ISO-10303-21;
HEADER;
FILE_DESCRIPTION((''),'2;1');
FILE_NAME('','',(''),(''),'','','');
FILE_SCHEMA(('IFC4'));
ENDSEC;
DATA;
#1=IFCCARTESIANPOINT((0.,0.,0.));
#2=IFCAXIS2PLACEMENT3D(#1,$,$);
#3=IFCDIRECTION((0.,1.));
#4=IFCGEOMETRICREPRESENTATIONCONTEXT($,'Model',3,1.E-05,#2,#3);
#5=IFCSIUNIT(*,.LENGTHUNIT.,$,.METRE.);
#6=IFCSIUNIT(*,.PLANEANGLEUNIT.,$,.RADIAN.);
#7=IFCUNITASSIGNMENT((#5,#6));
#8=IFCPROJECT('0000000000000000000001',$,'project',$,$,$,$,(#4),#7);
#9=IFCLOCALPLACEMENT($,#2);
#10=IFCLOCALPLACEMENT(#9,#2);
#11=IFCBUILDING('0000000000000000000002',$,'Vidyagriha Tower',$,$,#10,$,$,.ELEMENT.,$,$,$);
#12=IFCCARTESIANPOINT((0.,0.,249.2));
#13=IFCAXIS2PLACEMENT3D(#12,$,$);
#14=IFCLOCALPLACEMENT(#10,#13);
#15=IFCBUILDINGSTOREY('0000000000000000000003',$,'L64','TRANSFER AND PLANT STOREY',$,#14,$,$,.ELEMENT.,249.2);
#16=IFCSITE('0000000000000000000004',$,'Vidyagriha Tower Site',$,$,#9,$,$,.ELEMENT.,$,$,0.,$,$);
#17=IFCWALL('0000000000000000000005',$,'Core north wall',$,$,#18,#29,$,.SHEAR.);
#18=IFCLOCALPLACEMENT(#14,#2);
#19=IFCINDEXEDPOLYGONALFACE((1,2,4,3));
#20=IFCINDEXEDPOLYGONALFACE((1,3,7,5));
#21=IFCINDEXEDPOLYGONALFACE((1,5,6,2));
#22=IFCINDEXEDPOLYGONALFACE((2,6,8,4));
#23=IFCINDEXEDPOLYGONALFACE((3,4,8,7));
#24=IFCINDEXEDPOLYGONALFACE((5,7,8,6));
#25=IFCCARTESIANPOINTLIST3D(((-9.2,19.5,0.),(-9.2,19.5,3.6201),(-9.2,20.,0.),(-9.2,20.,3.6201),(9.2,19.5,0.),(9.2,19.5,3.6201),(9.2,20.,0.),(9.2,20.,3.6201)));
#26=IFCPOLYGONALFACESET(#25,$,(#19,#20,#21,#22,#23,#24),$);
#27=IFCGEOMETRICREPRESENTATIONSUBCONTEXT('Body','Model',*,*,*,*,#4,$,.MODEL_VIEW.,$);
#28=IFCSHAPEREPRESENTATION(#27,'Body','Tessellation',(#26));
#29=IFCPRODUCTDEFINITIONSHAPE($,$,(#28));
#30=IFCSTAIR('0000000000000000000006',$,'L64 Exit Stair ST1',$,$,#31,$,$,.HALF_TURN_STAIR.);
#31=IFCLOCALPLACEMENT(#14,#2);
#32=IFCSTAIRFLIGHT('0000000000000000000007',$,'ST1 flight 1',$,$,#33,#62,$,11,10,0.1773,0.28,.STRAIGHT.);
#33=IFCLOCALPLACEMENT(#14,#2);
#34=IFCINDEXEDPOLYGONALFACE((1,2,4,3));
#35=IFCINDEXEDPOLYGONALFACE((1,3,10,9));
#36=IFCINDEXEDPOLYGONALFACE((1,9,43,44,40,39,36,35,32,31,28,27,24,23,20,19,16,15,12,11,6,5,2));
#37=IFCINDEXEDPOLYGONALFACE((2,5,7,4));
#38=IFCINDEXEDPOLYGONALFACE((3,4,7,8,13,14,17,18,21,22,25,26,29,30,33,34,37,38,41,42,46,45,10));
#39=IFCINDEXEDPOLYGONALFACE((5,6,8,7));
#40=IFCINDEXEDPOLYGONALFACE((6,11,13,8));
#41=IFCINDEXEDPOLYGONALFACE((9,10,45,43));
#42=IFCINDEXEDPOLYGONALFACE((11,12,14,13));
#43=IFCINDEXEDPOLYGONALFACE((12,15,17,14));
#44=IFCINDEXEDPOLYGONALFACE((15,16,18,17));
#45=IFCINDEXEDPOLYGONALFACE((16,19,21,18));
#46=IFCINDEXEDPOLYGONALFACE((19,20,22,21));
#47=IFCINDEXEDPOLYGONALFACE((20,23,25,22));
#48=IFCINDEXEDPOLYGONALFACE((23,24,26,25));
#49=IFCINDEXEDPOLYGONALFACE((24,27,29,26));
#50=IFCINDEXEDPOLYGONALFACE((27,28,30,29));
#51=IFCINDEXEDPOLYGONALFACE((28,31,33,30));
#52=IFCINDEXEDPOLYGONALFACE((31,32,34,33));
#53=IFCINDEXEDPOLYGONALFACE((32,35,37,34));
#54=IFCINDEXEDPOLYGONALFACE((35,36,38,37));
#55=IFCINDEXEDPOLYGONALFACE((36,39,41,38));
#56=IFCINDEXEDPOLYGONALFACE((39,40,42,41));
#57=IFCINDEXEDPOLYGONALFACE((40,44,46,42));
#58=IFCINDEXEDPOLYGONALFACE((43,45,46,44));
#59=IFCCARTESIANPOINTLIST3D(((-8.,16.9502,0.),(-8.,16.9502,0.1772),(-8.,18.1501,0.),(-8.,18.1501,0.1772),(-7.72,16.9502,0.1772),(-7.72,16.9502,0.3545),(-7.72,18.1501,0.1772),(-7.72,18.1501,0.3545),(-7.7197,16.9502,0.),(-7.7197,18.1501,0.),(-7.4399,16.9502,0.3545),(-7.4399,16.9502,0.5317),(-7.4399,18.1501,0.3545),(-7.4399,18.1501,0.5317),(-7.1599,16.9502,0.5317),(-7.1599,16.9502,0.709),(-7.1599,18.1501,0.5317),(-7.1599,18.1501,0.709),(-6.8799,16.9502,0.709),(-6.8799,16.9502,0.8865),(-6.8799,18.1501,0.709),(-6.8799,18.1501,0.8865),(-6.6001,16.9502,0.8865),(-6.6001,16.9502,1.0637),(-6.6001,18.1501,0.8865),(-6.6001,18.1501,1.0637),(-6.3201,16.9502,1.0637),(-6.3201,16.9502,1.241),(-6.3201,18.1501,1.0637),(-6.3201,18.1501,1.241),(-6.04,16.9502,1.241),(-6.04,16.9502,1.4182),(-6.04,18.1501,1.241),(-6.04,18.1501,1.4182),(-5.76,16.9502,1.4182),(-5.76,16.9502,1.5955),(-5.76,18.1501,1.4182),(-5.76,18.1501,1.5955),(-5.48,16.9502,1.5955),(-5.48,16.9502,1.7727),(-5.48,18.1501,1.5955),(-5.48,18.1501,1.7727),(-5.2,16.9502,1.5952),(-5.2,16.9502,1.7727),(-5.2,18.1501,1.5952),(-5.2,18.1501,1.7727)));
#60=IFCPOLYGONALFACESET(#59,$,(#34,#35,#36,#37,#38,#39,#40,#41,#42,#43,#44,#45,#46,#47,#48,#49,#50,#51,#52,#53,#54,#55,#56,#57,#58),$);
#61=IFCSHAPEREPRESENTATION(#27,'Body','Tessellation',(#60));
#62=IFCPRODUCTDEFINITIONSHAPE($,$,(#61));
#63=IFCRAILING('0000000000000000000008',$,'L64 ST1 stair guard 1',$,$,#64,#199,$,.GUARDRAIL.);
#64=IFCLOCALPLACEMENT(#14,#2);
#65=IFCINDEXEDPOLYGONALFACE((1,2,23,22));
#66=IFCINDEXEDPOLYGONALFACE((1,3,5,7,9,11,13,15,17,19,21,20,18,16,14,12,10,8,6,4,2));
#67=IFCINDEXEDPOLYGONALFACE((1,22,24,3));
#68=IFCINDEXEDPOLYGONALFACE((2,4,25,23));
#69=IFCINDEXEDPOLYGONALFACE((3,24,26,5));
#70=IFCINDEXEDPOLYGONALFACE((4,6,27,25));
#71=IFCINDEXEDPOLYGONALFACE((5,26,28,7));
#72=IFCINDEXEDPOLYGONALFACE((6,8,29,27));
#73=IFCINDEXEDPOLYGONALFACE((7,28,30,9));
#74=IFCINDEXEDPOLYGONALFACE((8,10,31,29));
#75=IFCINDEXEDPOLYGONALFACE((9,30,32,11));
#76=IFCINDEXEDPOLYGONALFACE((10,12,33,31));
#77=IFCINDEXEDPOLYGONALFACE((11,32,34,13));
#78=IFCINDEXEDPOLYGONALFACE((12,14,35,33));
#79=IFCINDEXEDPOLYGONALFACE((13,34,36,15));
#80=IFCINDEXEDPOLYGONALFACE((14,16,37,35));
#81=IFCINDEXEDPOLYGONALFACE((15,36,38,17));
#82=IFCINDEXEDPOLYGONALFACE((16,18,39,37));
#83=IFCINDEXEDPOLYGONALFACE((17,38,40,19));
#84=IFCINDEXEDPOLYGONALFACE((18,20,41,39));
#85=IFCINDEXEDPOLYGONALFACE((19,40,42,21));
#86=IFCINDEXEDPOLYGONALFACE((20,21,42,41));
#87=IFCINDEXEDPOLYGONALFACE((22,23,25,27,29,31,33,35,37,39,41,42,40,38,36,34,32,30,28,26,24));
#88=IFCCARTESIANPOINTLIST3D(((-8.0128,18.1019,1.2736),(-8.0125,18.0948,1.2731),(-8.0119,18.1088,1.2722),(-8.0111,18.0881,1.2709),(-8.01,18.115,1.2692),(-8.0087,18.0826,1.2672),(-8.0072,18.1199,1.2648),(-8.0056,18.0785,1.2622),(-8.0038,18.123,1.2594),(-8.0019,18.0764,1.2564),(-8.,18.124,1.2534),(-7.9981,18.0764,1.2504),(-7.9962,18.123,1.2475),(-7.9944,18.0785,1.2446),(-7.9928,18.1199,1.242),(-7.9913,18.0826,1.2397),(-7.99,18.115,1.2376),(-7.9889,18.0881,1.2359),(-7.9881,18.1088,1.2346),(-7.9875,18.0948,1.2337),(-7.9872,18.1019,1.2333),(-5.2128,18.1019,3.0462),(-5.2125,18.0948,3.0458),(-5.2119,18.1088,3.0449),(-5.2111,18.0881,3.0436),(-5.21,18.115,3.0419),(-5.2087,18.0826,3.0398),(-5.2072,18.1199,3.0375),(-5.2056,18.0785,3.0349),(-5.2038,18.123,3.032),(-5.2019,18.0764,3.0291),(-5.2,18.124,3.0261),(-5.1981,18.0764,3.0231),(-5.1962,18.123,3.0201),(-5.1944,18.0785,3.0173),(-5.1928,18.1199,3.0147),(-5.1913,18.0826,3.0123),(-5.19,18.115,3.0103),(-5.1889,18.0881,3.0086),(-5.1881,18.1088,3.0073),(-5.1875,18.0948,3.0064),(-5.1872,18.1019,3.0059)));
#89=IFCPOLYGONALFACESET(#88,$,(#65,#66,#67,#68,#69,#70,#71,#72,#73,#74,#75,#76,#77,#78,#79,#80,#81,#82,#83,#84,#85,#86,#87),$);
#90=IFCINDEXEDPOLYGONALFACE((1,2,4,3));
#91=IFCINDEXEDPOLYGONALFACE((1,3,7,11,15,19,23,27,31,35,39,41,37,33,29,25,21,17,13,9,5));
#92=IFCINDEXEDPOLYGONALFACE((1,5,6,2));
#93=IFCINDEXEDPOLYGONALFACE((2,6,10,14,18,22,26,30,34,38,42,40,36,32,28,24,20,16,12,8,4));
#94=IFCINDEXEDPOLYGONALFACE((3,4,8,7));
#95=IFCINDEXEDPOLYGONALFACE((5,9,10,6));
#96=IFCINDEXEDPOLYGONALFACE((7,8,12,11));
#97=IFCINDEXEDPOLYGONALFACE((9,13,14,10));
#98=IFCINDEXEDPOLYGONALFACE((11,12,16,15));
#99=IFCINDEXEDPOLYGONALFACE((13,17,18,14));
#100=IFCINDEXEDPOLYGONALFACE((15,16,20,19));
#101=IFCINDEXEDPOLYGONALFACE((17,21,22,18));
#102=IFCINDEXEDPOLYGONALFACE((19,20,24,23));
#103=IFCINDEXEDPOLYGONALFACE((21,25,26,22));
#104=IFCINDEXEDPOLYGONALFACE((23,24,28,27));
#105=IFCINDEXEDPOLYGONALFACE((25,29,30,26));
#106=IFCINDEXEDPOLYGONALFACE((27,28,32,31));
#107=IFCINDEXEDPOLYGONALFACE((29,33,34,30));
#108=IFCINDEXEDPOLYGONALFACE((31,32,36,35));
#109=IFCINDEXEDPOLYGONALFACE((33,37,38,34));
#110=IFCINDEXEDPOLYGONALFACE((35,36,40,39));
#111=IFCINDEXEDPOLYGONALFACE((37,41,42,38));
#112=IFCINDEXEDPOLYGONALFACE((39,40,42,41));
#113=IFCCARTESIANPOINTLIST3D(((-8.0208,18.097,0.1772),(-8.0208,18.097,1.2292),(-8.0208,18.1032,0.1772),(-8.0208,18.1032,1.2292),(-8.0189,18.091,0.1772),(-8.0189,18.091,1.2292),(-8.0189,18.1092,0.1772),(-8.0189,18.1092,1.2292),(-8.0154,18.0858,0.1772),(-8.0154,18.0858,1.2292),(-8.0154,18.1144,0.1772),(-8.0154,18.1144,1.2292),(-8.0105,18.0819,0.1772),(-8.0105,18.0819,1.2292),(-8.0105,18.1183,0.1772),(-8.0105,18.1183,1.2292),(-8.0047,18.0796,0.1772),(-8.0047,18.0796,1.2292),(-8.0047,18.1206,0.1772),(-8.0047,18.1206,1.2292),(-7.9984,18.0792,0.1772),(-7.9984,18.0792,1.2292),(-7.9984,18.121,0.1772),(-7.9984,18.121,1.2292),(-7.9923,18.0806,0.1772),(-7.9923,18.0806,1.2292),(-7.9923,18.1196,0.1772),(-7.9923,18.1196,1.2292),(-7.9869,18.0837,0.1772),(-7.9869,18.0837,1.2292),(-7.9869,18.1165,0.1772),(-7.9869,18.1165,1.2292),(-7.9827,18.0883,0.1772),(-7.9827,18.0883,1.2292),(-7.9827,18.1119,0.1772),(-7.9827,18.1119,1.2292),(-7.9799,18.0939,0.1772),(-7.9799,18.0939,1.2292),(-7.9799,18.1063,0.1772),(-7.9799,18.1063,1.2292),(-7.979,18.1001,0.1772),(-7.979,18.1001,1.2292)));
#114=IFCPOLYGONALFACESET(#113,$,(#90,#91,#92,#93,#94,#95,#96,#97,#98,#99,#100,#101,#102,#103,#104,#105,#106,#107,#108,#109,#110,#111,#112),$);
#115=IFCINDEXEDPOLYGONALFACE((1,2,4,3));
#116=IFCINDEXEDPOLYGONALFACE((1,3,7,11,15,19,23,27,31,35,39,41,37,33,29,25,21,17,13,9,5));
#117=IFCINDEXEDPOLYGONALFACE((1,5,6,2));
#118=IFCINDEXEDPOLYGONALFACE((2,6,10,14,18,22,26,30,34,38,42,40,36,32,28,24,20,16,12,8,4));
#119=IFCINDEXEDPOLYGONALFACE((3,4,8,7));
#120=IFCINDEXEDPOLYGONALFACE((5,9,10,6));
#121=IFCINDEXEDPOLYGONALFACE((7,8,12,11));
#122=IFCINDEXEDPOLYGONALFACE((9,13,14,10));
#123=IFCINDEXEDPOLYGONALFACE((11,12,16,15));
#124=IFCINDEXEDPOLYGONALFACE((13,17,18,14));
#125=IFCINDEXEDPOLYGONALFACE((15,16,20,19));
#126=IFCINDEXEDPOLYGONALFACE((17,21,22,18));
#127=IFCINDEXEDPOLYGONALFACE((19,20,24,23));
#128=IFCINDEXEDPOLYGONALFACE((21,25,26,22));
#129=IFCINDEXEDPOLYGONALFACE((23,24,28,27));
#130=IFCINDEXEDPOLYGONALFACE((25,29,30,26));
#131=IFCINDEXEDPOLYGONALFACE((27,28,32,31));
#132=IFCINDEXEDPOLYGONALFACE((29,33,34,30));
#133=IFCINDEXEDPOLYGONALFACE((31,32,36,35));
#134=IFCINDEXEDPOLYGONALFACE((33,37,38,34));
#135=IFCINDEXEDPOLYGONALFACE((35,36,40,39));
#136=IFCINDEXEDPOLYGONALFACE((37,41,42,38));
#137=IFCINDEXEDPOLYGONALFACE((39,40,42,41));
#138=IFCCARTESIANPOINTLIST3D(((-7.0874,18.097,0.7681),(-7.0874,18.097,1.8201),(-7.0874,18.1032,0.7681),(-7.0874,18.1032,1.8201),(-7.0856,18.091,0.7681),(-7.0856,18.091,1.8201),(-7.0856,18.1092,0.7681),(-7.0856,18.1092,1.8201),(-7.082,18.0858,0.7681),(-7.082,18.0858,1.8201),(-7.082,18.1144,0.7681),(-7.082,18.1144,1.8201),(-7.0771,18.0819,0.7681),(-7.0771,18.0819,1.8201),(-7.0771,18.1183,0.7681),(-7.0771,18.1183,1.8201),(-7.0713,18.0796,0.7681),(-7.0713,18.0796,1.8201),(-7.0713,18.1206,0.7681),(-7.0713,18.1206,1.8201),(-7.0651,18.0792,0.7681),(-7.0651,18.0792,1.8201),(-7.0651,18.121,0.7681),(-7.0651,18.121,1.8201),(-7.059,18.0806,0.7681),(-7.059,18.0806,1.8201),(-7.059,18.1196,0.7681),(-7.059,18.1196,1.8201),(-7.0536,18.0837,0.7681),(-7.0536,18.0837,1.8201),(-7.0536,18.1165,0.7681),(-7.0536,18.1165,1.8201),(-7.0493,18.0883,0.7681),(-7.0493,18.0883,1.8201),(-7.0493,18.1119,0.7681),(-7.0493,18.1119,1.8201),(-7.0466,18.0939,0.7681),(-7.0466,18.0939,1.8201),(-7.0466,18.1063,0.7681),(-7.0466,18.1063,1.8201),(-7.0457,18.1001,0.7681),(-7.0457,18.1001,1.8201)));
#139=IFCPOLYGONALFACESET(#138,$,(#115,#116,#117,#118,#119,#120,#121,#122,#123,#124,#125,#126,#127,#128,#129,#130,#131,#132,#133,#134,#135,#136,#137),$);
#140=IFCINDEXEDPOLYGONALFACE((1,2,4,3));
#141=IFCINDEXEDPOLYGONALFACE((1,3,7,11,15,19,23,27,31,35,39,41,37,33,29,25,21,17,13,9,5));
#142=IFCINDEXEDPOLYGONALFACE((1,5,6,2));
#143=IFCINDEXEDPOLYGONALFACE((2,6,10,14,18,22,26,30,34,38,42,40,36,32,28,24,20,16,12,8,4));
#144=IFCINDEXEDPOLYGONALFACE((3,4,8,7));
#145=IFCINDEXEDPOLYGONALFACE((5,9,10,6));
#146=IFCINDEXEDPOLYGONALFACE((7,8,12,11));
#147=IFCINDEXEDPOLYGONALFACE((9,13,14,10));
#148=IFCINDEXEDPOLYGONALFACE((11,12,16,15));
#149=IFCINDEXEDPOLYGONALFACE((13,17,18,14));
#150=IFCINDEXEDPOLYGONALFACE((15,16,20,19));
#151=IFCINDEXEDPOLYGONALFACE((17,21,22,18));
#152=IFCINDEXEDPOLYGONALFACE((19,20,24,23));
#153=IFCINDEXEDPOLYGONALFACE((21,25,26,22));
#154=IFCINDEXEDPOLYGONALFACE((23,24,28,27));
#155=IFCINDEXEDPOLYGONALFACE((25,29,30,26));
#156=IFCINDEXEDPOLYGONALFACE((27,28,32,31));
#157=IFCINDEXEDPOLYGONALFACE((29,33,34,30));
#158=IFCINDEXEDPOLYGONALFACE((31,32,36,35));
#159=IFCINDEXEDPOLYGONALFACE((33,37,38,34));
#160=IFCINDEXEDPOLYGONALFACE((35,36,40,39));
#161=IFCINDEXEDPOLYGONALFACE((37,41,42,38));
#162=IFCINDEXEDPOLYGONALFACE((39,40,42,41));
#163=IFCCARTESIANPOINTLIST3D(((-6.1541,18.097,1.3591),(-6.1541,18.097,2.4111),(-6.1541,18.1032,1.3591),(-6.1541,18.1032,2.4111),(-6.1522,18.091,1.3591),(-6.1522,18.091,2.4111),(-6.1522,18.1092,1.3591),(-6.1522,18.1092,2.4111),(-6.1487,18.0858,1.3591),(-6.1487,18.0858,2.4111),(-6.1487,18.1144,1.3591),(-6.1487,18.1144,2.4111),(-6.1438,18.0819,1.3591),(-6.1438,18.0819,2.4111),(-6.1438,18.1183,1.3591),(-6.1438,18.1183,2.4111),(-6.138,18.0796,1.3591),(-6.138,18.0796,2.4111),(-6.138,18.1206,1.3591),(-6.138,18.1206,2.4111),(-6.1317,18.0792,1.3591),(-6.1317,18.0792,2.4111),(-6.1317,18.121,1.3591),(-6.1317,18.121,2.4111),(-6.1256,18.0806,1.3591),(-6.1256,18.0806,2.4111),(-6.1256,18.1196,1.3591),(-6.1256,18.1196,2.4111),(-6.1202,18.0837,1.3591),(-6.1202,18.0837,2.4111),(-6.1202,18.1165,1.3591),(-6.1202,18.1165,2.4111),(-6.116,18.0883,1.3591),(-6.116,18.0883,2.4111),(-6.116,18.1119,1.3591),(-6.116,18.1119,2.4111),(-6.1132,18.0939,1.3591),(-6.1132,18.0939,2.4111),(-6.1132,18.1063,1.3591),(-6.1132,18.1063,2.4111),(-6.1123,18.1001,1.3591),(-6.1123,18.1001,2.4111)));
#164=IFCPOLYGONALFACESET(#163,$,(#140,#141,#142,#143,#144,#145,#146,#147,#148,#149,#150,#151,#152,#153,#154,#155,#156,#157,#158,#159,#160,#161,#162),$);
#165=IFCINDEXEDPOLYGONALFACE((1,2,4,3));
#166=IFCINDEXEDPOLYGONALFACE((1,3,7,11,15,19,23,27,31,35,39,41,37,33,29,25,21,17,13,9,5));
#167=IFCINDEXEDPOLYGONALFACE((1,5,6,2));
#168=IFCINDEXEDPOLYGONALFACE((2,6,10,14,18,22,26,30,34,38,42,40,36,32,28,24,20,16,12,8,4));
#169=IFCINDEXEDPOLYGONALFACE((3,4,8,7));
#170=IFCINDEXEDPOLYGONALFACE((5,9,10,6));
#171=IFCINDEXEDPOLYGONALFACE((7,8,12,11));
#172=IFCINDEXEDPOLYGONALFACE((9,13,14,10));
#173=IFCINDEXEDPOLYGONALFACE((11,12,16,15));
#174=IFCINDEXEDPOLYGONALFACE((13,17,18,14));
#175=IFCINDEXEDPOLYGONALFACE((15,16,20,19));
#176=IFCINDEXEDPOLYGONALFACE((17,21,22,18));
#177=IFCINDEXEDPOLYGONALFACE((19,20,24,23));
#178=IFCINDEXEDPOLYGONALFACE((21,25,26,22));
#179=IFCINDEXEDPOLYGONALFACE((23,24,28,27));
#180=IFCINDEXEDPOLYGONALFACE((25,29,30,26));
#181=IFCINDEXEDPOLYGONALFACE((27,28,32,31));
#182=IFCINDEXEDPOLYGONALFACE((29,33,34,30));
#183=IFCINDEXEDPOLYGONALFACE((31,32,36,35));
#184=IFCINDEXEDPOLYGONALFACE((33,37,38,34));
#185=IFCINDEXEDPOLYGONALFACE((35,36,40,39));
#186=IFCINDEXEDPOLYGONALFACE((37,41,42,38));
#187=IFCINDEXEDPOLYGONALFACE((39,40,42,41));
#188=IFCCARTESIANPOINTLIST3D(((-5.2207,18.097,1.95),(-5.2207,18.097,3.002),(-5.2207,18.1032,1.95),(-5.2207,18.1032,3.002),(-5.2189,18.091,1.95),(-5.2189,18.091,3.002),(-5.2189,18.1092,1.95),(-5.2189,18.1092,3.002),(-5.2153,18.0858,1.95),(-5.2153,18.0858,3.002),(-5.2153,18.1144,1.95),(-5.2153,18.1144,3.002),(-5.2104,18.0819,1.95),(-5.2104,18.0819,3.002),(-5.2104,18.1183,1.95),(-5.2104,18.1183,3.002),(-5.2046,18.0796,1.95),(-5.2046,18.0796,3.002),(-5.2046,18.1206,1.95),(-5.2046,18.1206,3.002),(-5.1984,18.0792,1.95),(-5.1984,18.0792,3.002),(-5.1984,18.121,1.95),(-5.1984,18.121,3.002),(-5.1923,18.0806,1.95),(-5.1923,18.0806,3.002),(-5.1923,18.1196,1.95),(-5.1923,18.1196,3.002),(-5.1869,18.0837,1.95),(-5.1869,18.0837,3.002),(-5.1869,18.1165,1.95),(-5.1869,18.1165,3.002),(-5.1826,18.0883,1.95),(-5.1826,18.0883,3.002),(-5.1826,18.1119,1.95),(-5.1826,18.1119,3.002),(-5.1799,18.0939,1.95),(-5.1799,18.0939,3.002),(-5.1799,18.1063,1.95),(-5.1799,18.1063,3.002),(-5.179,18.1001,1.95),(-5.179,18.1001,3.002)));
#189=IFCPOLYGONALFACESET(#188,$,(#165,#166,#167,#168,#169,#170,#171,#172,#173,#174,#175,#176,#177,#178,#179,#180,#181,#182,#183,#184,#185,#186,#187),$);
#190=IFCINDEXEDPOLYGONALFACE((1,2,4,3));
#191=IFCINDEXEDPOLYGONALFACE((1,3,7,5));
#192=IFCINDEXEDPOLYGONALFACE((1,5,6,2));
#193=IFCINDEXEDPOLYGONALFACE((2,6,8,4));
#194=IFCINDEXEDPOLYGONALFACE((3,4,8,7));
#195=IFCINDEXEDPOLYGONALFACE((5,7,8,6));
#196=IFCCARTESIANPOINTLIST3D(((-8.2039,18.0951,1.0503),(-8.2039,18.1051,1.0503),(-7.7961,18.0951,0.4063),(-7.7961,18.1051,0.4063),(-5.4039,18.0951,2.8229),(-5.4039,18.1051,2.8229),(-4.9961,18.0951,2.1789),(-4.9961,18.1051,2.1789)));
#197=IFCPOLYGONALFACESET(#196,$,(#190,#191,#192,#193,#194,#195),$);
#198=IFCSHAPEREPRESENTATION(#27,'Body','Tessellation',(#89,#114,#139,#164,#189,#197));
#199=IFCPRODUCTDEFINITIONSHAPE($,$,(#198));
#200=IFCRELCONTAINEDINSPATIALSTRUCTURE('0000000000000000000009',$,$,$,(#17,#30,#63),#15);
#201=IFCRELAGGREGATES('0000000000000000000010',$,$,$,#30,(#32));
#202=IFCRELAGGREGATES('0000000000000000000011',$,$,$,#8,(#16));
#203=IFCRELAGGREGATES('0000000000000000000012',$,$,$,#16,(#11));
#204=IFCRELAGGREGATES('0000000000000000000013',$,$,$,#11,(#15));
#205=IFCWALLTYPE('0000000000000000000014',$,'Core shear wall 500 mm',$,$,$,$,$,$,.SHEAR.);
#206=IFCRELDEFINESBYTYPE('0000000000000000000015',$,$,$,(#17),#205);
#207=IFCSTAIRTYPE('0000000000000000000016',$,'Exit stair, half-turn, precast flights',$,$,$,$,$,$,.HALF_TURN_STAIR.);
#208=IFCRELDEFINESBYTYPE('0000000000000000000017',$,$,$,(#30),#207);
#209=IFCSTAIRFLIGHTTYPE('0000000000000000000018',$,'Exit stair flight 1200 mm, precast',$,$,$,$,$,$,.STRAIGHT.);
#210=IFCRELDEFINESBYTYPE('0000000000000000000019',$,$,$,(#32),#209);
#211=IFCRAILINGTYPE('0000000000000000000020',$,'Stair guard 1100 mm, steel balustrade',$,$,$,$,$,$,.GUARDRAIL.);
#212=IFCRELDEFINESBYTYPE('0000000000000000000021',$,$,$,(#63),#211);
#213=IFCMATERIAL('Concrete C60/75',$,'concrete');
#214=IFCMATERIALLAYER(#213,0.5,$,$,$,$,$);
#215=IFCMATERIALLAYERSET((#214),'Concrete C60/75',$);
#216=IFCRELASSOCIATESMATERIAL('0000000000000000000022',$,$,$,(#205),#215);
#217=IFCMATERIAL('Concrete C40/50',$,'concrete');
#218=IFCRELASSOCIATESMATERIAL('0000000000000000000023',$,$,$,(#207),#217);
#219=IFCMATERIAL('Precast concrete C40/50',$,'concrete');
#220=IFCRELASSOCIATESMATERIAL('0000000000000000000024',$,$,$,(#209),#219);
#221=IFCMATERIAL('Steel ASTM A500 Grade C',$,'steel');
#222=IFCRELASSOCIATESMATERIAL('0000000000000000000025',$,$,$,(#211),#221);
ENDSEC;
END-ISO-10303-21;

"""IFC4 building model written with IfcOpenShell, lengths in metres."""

from ifc_helpers import new_model, si_unit, direction, frame, frame_2d, origin, origin_2d, place, context, subcontext, project, spatial, polyline, rectangle, circle, outline, extrude, material, layer, layer_set, type_object, element, aggregate, save


model = new_model("IFC4")

# Units and contexts
model_context = context("Model", 3, precision=1e-05, world=origin(), true_north=direction((0.0, 1.0)))
body_context = subcontext(model_context, "Body", "Model", "MODEL_VIEW")
ifc_project = project(units=[si_unit("LENGTHUNIT", "METRE"), si_unit("PLANEANGLEUNIT", "RADIAN")], contexts=[model_context])

# Site, building, storey
site_placement = place(None, origin())
site = spatial("IfcSite", under=ifc_project, at=site_placement, Name="Vidyagriha Tower Site", CompositionType="ELEMENT", RefElevation=0.0)
building_placement = place(site_placement, origin())
building = spatial("IfcBuilding", under=site, at=building_placement, Name="Vidyagriha Tower", CompositionType="ELEMENT")
storey_placement = place(building_placement, frame((0.0, 0.0, 249.2)))
storey = spatial("IfcBuildingStorey", under=building, at=storey_placement, Name="L64", Description="TRANSFER AND PLANT STOREY", CompositionType="ELEMENT", Elevation=249.2)

# Wall
ifc_material_1 = material(Name="Concrete C60/75", Category="concrete")
ifc_layer_1 = layer(ifc_material_1, 0.5)
ifc_layer_set_1 = layer_set([ifc_layer_1], Name="Concrete C60/75")
wall_type_1 = type_object("IfcWallType", Name="Core shear wall 500 mm", PredefinedType="SHEAR", material=ifc_layer_set_1)
wall_1_placement = place(storey_placement, frame((-9.2, 19.75, 0.0)))
element("IfcWall", 1, at=wall_1_placement, inside=storey, type_object=wall_type_1, Name="Core north wall", PredefinedType="SHEAR", context=body_context, shape_type="SweptSolid", body=[
    extrude(rectangle(XDim=18.3999, YDim=0.5, at=frame_2d((9.2, 0.0))), origin(), (0.0, 0.0, 1.0), 3.6201),
])

# Stair, stair flight
ifc_material_2 = material(Name="Concrete C40/50", Category="concrete")
stair_type = type_object("IfcStairType", Name="Exit stair, half-turn, precast flights", PredefinedType="HALF_TURN_STAIR", material=ifc_material_2)
stair_placement = place(storey_placement, origin())
stair = element("IfcStair", 2, at=stair_placement, inside=storey, type_object=stair_type, Name="L64 Exit Stair ST1", PredefinedType="HALF_TURN_STAIR")
ifc_material_3 = material(Name="Precast concrete C40/50", Category="concrete")
stair_flight_type = type_object("IfcStairFlightType", Name="Exit stair flight 1200 mm, precast", PredefinedType="STRAIGHT", material=ifc_material_3)
stair_flight_placement = place(storey_placement, frame((-8.0, 17.55, 0.0)))
stair_flight = element("IfcStairFlight", 3, at=stair_flight_placement, type_object=stair_flight_type, Name="ST1 flight 1", NumberOfRisers=11, NumberOfTreads=10, PredefinedType="STRAIGHT", RiserHeight=0.1773, TreadLength=0.28, context=body_context, shape_type="SweptSolid", body=[
    extrude(outline(polyline([(0.0, 0.0), (0.0, 0.1772), (0.28, 0.1772), (0.28, 0.3545), (0.5601, 0.3545), (0.5601, 0.5317), (0.8401, 0.5317), (0.8401, 0.709), (1.1201, 0.709), (1.1201, 0.8865), (1.3999, 0.8865), (1.3999, 1.0637), (1.6799, 1.0637), (1.6799, 1.241), (1.96, 1.241), (1.96, 1.4182), (2.24, 1.4182), (2.24, 1.5955), (2.52, 1.5955), (2.52, 1.7727), (2.8, 1.7727), (2.8, 1.95), (2.8, 1.5952), (0.2803, 0.0), (0.0, 0.0)])), frame((0.0, 0.6001, 0.0), z_axis=(0.0, -1.0, 0.0), x_axis=(1.0, 0.0, 0.0)), (0.0, 0.0, 1.0), 1.2),
])
aggregate(stair, [stair_flight])

# Railing
ifc_material_4 = material(Name="Steel ASTM A500 Grade C", Category="steel")
railing_type_1 = type_object("IfcRailingType", Name="Stair guard 1100 mm, steel balustrade", PredefinedType="GUARDRAIL", material=ifc_material_4)
railing_1_placement = place(storey_placement, frame((-8.0, 18.1001, 0.1772)))
element("IfcRailing", 4, at=railing_1_placement, inside=storey, type_object=railing_type_1, Name="L64 ST1 stair guard 1", PredefinedType="GUARDRAIL", context=body_context, shape_type="SweptSolid", body=[
    extrude(circle(Radius=0.0239, at=origin_2d()), frame((0.0, 0.0, 1.0762), z_axis=(0.844909, 0.0, 0.53491), x_axis=(0.0, 1.0, 0.0)), (0.0, 0.0, 1.0), 3.314),
    extrude(circle(Radius=0.021, at=origin_2d()), origin(), (0.0, 0.0, 1.0), 1.052),
    extrude(circle(Radius=0.021, at=origin_2d()), frame((0.9333, 0.0, 0.5908)), (0.0, 0.0, 1.0), 1.052),
    extrude(circle(Radius=0.021, at=origin_2d()), frame((1.8667, 0.0, 1.1819)), (0.0, 0.0, 1.0), 1.052),
    extrude(circle(Radius=0.021, at=origin_2d()), frame((2.8, 0.0, 1.7727)), (0.0, 0.0, 1.0), 1.052),
    extrude(rectangle(XDim=0.01, YDim=0.7622, at=origin_2d()), frame((0.0, 0.0, 0.551), z_axis=(0.844909, 0.0, 0.53491), x_axis=(0.0, 1.0, 0.0)), (0.0, 0.0, 1.0), 3.314),
])

save(model, "model.ifc")
